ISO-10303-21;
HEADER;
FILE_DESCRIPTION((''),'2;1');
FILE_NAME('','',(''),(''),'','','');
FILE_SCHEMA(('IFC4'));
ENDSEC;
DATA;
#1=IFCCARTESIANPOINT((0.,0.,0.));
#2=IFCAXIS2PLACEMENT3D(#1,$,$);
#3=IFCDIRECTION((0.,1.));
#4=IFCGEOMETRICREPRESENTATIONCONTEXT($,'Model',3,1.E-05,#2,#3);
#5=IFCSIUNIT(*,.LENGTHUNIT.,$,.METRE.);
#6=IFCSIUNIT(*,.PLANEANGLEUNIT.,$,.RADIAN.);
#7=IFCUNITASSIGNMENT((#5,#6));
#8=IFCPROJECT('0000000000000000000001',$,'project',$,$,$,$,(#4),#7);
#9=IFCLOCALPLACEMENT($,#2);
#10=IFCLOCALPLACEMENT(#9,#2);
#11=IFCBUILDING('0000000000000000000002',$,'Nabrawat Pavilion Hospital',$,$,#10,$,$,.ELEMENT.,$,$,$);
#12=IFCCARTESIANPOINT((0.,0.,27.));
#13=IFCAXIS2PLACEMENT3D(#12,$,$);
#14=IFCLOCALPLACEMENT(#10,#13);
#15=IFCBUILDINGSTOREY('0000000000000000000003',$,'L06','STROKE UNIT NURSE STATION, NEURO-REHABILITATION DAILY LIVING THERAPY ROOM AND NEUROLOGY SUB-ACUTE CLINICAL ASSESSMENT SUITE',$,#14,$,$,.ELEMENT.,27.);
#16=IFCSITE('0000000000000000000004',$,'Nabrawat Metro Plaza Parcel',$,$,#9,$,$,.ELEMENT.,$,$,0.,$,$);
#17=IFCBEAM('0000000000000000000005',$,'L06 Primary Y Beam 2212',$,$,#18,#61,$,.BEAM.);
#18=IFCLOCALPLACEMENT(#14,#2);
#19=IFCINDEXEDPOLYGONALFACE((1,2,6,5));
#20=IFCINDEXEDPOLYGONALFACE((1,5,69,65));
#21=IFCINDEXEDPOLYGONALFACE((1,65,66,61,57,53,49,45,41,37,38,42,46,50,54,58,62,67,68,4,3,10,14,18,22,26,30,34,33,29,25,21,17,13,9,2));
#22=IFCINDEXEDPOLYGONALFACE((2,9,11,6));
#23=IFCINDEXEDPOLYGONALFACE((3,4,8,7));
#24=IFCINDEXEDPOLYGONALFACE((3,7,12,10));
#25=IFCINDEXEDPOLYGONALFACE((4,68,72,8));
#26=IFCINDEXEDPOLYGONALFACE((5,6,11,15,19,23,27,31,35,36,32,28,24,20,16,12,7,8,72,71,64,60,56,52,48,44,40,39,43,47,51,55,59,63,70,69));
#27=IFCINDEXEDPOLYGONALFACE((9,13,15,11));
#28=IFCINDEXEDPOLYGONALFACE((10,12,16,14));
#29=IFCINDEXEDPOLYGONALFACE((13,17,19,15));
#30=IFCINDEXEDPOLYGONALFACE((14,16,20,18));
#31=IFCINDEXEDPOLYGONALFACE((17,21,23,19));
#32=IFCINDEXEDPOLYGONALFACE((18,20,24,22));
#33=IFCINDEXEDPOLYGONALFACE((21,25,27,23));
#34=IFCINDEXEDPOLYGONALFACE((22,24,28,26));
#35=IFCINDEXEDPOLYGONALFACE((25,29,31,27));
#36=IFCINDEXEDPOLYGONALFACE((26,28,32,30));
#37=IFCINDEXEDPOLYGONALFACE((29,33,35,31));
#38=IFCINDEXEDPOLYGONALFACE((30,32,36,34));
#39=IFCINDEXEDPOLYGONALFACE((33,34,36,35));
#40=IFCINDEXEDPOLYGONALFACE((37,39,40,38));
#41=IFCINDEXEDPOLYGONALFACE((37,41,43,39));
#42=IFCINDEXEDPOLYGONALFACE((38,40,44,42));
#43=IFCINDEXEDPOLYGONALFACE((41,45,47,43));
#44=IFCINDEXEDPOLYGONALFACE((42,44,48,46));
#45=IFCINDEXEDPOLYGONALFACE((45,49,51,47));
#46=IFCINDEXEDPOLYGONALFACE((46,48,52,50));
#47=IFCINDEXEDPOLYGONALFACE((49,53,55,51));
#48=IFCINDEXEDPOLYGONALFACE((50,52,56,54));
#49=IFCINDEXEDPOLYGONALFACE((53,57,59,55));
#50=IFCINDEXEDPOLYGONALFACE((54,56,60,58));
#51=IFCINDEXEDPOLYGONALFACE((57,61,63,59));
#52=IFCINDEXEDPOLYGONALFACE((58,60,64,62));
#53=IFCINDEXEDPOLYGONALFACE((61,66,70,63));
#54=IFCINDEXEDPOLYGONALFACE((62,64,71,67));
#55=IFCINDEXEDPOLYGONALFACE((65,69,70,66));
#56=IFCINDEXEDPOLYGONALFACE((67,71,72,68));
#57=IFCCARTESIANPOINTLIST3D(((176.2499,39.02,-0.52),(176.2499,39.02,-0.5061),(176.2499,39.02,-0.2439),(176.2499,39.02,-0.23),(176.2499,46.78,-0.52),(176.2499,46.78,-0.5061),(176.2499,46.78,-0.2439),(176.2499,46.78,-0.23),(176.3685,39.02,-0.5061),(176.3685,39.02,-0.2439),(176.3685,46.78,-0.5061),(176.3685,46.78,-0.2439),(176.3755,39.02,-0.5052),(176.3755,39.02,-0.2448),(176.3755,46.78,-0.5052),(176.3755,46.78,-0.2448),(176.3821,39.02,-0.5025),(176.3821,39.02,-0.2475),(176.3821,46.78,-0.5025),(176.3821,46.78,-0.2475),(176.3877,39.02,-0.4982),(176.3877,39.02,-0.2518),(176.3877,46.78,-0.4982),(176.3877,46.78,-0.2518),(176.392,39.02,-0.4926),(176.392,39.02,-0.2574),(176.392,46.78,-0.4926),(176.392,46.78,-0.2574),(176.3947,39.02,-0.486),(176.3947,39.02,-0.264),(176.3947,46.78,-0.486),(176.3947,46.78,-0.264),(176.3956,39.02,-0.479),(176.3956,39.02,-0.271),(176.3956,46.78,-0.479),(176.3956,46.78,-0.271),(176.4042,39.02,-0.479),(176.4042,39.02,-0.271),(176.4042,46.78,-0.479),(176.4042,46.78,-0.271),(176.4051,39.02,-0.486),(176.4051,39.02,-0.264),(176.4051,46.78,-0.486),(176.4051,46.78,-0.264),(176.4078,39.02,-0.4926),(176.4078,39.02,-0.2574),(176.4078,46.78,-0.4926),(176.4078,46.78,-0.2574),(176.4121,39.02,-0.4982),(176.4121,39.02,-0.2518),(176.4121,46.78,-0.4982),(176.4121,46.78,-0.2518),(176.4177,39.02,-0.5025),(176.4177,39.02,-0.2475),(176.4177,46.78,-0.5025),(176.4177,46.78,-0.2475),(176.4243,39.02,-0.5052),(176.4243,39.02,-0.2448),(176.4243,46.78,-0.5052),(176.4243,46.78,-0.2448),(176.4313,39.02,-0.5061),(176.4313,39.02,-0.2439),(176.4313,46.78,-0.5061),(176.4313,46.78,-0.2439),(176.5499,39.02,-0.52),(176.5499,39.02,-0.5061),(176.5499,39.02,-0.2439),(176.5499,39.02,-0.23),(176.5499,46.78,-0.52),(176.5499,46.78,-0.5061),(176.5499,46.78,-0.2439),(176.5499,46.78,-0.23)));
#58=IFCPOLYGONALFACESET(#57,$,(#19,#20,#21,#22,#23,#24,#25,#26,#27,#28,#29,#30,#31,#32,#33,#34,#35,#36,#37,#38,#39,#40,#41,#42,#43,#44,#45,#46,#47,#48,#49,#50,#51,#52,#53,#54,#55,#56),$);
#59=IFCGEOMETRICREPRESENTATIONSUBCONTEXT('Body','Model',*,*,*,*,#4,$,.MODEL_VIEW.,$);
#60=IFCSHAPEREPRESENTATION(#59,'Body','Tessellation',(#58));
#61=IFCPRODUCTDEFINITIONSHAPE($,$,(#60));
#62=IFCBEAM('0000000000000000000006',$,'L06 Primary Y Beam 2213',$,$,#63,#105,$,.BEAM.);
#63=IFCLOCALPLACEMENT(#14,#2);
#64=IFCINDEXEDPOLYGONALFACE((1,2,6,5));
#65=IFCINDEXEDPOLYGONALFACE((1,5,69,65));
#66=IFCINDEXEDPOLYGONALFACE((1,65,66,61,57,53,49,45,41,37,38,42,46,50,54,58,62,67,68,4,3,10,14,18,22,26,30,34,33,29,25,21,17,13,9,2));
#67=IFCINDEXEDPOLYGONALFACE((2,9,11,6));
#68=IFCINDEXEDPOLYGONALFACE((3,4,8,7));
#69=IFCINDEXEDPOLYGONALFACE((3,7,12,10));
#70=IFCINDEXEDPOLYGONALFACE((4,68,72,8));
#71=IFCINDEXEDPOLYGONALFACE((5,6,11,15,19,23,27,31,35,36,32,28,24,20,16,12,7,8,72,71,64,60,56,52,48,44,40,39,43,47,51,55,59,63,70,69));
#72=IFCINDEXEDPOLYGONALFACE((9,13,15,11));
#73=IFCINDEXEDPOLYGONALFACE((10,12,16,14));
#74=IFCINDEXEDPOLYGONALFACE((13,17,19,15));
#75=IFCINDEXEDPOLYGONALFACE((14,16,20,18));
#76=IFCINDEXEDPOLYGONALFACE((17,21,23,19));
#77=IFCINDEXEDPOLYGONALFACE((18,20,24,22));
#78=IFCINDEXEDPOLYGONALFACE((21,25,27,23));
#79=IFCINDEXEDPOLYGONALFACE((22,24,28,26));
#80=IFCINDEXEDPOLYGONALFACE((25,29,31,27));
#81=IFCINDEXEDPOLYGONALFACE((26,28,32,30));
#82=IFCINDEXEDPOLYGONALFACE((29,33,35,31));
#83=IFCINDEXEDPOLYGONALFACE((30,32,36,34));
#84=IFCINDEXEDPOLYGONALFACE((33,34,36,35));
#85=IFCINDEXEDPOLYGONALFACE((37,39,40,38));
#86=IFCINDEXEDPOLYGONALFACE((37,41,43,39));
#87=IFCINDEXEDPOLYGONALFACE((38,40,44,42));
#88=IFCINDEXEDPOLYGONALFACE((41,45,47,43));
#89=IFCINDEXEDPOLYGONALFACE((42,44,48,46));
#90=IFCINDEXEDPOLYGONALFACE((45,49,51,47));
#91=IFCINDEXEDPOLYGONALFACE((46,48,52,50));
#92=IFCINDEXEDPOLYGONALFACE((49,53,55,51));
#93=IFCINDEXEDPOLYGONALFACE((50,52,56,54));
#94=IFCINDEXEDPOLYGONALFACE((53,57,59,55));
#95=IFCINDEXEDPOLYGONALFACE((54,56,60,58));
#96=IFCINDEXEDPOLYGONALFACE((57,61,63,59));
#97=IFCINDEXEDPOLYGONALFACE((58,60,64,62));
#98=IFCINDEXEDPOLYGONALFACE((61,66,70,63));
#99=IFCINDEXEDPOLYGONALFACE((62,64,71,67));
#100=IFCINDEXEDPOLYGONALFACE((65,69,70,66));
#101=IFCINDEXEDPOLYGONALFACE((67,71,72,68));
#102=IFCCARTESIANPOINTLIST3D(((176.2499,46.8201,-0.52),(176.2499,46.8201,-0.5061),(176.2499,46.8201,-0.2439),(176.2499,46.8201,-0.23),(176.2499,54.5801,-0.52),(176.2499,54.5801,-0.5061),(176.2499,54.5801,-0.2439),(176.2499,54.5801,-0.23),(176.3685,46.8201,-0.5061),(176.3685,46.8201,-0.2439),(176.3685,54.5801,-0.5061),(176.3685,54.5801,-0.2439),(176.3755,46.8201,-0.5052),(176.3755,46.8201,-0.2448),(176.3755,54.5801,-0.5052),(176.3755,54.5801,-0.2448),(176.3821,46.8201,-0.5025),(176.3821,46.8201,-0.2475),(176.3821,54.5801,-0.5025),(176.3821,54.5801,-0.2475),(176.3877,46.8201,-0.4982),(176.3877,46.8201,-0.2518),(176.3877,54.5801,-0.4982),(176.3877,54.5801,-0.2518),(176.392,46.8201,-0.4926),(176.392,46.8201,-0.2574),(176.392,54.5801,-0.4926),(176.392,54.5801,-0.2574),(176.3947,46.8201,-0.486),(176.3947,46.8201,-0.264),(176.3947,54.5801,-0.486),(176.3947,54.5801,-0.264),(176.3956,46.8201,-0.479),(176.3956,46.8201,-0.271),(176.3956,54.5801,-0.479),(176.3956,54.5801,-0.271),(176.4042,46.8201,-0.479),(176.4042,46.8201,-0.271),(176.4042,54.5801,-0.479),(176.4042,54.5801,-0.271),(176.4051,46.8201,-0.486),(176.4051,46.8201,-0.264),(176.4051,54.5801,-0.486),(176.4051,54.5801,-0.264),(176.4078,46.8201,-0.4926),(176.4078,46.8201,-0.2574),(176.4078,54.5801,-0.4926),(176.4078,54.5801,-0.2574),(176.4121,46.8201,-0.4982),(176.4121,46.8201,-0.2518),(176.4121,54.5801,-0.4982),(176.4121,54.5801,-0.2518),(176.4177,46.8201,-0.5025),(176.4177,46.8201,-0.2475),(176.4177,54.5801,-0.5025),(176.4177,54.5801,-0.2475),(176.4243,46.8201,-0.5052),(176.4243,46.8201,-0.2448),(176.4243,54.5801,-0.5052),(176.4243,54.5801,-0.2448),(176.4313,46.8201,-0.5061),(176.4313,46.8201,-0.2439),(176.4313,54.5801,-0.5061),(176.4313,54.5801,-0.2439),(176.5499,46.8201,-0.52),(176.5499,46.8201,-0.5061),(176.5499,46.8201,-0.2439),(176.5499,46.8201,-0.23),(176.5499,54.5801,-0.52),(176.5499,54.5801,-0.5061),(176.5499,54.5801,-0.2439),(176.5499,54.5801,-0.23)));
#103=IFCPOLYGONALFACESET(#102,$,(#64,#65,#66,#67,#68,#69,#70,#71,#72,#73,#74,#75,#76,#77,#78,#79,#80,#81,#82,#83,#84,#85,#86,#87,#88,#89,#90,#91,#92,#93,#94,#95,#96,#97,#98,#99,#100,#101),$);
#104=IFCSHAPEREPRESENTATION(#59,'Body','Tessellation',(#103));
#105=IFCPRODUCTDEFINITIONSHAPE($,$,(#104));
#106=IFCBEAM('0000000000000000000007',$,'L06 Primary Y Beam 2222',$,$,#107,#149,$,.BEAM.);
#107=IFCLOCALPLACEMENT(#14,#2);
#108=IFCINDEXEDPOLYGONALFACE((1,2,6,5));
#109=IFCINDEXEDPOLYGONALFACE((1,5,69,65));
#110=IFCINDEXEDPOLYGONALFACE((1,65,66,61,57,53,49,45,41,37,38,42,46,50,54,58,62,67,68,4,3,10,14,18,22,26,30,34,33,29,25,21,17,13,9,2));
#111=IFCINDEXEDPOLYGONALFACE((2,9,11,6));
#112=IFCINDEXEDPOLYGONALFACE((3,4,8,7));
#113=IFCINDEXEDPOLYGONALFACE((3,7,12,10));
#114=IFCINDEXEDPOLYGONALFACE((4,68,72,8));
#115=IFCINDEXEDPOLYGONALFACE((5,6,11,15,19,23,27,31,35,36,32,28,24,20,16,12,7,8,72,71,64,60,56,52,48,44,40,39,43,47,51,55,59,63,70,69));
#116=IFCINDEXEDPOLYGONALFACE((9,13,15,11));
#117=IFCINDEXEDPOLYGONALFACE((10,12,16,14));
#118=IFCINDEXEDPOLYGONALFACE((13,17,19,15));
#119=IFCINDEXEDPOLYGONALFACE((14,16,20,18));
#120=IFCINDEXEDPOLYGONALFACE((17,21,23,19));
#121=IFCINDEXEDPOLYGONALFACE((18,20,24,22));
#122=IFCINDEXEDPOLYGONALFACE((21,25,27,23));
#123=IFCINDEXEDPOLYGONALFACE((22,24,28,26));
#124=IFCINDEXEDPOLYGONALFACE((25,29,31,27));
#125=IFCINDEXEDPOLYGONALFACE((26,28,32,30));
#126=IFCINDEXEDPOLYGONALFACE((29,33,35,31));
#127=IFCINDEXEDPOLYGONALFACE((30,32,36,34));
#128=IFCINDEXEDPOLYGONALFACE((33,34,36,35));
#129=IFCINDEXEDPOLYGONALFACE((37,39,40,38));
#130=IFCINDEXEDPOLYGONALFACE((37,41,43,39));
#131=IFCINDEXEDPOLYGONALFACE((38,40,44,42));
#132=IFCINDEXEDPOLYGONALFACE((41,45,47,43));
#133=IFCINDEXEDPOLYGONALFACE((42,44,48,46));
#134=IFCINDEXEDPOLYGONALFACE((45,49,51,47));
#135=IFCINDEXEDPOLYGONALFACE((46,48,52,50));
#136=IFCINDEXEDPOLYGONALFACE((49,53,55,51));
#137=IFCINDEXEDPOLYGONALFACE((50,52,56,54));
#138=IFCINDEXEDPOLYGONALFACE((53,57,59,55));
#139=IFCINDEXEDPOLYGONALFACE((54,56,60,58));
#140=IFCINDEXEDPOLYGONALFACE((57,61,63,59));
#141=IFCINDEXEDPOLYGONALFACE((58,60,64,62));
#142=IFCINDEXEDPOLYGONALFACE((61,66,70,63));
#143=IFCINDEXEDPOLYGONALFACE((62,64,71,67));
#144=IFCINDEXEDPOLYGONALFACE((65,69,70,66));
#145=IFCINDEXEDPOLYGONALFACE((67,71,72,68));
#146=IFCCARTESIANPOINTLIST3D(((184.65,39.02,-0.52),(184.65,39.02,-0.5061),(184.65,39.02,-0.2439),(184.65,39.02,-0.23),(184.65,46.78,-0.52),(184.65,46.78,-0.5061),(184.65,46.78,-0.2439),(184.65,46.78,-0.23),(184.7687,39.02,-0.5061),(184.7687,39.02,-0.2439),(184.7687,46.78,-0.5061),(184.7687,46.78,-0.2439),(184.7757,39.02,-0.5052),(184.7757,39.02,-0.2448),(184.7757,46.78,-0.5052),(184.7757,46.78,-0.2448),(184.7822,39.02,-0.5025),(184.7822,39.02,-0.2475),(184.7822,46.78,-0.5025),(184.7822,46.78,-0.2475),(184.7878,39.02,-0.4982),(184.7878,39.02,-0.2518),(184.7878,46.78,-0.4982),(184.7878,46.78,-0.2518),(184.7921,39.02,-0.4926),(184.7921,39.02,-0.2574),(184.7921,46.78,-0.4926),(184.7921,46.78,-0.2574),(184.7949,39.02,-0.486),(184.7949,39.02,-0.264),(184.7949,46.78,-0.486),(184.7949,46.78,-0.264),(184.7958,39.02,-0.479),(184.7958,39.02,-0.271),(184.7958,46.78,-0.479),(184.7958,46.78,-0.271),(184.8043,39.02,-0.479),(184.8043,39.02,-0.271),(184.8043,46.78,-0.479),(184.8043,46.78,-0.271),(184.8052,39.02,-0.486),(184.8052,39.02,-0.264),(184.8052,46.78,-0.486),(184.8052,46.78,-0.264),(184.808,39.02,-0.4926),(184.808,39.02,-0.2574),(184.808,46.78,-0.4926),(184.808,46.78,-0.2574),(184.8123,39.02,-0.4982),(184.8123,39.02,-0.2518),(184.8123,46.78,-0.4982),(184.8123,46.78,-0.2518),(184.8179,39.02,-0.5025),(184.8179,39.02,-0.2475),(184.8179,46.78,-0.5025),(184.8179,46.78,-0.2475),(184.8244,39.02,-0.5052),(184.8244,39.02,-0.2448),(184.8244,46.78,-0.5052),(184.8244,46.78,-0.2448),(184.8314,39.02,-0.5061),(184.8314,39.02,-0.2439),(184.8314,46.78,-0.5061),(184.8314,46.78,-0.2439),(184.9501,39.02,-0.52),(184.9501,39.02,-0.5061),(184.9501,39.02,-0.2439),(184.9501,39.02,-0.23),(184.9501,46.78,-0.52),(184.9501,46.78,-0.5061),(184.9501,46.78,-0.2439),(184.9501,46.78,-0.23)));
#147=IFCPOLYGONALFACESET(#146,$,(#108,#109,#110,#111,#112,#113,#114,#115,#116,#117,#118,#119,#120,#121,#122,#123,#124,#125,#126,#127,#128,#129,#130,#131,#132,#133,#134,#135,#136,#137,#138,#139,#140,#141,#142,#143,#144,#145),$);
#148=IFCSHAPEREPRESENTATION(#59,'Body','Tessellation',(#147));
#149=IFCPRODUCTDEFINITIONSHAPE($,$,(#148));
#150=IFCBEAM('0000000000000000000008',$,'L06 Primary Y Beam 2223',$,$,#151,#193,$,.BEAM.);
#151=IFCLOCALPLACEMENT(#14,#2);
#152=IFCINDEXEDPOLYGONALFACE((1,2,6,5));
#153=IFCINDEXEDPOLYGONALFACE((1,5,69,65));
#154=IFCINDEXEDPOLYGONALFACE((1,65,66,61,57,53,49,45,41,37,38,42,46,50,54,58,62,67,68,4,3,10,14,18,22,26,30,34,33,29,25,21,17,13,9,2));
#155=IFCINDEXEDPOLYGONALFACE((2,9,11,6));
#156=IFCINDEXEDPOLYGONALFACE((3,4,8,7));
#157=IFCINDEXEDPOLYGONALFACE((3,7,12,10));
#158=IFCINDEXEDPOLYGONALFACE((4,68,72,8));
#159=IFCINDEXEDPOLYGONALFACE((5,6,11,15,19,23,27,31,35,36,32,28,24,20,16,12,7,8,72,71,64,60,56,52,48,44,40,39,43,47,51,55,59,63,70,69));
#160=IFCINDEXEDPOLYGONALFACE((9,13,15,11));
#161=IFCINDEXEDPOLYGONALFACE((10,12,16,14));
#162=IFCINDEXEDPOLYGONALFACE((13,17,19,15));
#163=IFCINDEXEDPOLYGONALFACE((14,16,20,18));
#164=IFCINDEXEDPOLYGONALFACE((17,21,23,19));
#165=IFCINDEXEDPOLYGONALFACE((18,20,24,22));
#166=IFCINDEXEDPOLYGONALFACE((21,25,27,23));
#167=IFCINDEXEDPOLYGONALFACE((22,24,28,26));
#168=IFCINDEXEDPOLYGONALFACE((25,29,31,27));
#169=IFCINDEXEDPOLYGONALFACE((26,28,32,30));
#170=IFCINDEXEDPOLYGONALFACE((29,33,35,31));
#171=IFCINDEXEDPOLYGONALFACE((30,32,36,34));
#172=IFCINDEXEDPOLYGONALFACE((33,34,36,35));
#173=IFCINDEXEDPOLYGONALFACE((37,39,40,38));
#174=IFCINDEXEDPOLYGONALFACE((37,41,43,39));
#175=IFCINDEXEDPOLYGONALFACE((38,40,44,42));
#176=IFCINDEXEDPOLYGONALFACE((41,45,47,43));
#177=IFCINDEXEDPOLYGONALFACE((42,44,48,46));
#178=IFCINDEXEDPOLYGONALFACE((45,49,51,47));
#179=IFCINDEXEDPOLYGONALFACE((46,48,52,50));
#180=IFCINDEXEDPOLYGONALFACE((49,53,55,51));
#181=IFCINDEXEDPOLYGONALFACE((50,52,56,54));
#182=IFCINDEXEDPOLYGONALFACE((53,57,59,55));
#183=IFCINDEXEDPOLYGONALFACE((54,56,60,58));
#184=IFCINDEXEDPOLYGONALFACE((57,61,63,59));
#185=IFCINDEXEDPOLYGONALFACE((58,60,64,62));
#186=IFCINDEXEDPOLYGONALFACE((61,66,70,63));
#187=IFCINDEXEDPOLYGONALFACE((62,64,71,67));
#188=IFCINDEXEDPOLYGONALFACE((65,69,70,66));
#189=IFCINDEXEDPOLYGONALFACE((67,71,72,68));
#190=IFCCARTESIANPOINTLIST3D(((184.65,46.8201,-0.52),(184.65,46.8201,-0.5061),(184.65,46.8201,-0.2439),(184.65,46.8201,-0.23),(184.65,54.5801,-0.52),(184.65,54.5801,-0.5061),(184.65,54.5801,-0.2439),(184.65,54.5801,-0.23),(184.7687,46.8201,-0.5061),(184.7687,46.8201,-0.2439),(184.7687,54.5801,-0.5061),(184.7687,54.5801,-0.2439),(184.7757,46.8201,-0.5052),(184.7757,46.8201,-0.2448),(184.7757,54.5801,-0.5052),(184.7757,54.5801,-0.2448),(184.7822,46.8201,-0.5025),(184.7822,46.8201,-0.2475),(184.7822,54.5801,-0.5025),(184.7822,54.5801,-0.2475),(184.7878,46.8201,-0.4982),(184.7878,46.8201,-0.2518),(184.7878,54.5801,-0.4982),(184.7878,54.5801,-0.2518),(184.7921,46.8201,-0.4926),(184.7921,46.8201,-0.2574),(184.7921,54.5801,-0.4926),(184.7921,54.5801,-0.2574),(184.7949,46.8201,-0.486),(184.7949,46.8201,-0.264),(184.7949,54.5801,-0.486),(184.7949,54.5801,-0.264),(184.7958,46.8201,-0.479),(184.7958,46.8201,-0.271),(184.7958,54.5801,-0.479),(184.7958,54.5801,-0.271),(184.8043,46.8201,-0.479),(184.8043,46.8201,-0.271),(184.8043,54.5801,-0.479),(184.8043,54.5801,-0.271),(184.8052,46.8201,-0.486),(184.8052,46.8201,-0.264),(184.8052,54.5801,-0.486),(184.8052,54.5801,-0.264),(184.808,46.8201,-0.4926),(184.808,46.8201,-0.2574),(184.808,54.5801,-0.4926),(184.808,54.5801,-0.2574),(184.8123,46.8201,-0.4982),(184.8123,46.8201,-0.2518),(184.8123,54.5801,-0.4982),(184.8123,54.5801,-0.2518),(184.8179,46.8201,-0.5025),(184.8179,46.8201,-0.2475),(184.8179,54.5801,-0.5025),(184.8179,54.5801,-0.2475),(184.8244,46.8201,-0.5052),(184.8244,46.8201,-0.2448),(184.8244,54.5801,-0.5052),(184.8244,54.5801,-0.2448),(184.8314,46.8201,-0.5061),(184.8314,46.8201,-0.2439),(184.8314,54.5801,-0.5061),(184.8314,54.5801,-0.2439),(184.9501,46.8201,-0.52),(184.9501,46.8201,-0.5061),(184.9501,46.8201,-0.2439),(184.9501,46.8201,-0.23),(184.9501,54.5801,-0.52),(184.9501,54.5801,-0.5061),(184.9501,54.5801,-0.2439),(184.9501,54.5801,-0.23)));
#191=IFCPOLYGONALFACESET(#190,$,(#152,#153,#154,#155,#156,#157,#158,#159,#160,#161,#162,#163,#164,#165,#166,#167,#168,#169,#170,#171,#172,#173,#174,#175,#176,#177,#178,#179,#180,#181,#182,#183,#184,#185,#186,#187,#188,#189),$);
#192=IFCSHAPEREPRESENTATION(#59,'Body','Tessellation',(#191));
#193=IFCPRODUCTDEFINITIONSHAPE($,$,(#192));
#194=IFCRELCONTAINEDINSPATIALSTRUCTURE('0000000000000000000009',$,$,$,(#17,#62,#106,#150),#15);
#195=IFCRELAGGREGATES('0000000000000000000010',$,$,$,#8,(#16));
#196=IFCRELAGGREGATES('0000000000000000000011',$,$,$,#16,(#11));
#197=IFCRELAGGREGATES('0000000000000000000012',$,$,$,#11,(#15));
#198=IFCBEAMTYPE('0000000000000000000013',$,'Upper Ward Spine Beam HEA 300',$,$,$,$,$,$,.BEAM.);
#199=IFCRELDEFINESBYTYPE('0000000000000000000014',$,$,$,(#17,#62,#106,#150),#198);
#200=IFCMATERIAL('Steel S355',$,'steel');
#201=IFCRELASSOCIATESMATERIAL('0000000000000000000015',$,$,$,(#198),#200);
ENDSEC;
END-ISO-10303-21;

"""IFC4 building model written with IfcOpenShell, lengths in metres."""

from ifc_helpers import new_model, si_unit, direction, frame, origin, origin_2d, place, context, subcontext, project, spatial, i_section, extrude, material, material_profile, profile_set, type_object, element, save


model = new_model("IFC4")

# Units and contexts
model_context = context("Model", 3, precision=1e-05, world=origin(), true_north=direction((0.0, 1.0)))
body_context = subcontext(model_context, "Body", "Model", "MODEL_VIEW")
ifc_project = project(units=[si_unit("LENGTHUNIT", "METRE"), si_unit("PLANEANGLEUNIT", "RADIAN")], contexts=[model_context])

# Site, building, storey
site_placement = place(None, origin())
site = spatial("IfcSite", under=ifc_project, at=site_placement, Name="Nabrawat Metro Plaza Parcel", CompositionType="ELEMENT", RefElevation=0.0)
building_placement = place(site_placement, origin())
building = spatial("IfcBuilding", under=site, at=building_placement, Name="Nabrawat Pavilion Hospital", CompositionType="ELEMENT")
storey_placement = place(building_placement, frame((0.0, 0.0, 27.0)))
storey = spatial("IfcBuildingStorey", under=building, at=storey_placement, Name="L06", Description="STROKE UNIT NURSE STATION, NEURO-REHABILITATION DAILY LIVING THERAPY ROOM AND NEUROLOGY SUB-ACUTE CLINICAL ASSESSMENT SUITE", CompositionType="ELEMENT", Elevation=27.0)

# Shared definitions
ifc_material_1 = material(Name="Steel S355", Category="steel")

# Beams
ifc_material_profile_1 = material_profile(ifc_material_1, i_section(OverallWidth=0.3, OverallDepth=0.29, WebThickness=0.0085, FlangeThickness=0.0139, FilletRadius=0.0271, at=origin_2d()), Name="HEA 300")
ifc_profile_set_1 = profile_set([ifc_material_profile_1], Name="Steel S355")
beam_type_1 = type_object("IfcBeamType", Name="Upper Ward Spine Beam HEA 300", PredefinedType="BEAM", material=ifc_profile_set_1)
for number, where, z_axis, x_axis, name in (
    (1, (176.3999, 39.02, -0.375), (0.0, 1.0, 0.0), (-1.0, 0.0, 0.0), "L06 Primary Y Beam 2212"),
    (2, (176.3999, 46.8201, -0.375), (0.0, 1.0, 0.0), (-1.0, 0.0, 0.0), "L06 Primary Y Beam 2213"),
    (3, (184.8, 39.02, -0.375), (0.0, 1.0, 0.0), (-1.0, 0.0, 0.0), "L06 Primary Y Beam 2222"),
    (4, (184.8, 46.8201, -0.375), (0.0, 1.0, 0.0), (-1.0, 0.0, 0.0), "L06 Primary Y Beam 2223"),
):
    element("IfcBeam", number, at=place(storey_placement, frame(where, z_axis=z_axis, x_axis=x_axis)), inside=storey, type_object=beam_type_1, Name=name, PredefinedType="BEAM", context=body_context, shape_type="SweptSolid", body=[
        extrude(i_section(OverallWidth=0.3, OverallDepth=0.29, WebThickness=0.0085, FlangeThickness=0.0139, FilletRadius=0.0271, at=origin_2d()), origin(), (0.0, 0.0, 1.0), 7.76),
    ])

save(model, "model.ifc")
